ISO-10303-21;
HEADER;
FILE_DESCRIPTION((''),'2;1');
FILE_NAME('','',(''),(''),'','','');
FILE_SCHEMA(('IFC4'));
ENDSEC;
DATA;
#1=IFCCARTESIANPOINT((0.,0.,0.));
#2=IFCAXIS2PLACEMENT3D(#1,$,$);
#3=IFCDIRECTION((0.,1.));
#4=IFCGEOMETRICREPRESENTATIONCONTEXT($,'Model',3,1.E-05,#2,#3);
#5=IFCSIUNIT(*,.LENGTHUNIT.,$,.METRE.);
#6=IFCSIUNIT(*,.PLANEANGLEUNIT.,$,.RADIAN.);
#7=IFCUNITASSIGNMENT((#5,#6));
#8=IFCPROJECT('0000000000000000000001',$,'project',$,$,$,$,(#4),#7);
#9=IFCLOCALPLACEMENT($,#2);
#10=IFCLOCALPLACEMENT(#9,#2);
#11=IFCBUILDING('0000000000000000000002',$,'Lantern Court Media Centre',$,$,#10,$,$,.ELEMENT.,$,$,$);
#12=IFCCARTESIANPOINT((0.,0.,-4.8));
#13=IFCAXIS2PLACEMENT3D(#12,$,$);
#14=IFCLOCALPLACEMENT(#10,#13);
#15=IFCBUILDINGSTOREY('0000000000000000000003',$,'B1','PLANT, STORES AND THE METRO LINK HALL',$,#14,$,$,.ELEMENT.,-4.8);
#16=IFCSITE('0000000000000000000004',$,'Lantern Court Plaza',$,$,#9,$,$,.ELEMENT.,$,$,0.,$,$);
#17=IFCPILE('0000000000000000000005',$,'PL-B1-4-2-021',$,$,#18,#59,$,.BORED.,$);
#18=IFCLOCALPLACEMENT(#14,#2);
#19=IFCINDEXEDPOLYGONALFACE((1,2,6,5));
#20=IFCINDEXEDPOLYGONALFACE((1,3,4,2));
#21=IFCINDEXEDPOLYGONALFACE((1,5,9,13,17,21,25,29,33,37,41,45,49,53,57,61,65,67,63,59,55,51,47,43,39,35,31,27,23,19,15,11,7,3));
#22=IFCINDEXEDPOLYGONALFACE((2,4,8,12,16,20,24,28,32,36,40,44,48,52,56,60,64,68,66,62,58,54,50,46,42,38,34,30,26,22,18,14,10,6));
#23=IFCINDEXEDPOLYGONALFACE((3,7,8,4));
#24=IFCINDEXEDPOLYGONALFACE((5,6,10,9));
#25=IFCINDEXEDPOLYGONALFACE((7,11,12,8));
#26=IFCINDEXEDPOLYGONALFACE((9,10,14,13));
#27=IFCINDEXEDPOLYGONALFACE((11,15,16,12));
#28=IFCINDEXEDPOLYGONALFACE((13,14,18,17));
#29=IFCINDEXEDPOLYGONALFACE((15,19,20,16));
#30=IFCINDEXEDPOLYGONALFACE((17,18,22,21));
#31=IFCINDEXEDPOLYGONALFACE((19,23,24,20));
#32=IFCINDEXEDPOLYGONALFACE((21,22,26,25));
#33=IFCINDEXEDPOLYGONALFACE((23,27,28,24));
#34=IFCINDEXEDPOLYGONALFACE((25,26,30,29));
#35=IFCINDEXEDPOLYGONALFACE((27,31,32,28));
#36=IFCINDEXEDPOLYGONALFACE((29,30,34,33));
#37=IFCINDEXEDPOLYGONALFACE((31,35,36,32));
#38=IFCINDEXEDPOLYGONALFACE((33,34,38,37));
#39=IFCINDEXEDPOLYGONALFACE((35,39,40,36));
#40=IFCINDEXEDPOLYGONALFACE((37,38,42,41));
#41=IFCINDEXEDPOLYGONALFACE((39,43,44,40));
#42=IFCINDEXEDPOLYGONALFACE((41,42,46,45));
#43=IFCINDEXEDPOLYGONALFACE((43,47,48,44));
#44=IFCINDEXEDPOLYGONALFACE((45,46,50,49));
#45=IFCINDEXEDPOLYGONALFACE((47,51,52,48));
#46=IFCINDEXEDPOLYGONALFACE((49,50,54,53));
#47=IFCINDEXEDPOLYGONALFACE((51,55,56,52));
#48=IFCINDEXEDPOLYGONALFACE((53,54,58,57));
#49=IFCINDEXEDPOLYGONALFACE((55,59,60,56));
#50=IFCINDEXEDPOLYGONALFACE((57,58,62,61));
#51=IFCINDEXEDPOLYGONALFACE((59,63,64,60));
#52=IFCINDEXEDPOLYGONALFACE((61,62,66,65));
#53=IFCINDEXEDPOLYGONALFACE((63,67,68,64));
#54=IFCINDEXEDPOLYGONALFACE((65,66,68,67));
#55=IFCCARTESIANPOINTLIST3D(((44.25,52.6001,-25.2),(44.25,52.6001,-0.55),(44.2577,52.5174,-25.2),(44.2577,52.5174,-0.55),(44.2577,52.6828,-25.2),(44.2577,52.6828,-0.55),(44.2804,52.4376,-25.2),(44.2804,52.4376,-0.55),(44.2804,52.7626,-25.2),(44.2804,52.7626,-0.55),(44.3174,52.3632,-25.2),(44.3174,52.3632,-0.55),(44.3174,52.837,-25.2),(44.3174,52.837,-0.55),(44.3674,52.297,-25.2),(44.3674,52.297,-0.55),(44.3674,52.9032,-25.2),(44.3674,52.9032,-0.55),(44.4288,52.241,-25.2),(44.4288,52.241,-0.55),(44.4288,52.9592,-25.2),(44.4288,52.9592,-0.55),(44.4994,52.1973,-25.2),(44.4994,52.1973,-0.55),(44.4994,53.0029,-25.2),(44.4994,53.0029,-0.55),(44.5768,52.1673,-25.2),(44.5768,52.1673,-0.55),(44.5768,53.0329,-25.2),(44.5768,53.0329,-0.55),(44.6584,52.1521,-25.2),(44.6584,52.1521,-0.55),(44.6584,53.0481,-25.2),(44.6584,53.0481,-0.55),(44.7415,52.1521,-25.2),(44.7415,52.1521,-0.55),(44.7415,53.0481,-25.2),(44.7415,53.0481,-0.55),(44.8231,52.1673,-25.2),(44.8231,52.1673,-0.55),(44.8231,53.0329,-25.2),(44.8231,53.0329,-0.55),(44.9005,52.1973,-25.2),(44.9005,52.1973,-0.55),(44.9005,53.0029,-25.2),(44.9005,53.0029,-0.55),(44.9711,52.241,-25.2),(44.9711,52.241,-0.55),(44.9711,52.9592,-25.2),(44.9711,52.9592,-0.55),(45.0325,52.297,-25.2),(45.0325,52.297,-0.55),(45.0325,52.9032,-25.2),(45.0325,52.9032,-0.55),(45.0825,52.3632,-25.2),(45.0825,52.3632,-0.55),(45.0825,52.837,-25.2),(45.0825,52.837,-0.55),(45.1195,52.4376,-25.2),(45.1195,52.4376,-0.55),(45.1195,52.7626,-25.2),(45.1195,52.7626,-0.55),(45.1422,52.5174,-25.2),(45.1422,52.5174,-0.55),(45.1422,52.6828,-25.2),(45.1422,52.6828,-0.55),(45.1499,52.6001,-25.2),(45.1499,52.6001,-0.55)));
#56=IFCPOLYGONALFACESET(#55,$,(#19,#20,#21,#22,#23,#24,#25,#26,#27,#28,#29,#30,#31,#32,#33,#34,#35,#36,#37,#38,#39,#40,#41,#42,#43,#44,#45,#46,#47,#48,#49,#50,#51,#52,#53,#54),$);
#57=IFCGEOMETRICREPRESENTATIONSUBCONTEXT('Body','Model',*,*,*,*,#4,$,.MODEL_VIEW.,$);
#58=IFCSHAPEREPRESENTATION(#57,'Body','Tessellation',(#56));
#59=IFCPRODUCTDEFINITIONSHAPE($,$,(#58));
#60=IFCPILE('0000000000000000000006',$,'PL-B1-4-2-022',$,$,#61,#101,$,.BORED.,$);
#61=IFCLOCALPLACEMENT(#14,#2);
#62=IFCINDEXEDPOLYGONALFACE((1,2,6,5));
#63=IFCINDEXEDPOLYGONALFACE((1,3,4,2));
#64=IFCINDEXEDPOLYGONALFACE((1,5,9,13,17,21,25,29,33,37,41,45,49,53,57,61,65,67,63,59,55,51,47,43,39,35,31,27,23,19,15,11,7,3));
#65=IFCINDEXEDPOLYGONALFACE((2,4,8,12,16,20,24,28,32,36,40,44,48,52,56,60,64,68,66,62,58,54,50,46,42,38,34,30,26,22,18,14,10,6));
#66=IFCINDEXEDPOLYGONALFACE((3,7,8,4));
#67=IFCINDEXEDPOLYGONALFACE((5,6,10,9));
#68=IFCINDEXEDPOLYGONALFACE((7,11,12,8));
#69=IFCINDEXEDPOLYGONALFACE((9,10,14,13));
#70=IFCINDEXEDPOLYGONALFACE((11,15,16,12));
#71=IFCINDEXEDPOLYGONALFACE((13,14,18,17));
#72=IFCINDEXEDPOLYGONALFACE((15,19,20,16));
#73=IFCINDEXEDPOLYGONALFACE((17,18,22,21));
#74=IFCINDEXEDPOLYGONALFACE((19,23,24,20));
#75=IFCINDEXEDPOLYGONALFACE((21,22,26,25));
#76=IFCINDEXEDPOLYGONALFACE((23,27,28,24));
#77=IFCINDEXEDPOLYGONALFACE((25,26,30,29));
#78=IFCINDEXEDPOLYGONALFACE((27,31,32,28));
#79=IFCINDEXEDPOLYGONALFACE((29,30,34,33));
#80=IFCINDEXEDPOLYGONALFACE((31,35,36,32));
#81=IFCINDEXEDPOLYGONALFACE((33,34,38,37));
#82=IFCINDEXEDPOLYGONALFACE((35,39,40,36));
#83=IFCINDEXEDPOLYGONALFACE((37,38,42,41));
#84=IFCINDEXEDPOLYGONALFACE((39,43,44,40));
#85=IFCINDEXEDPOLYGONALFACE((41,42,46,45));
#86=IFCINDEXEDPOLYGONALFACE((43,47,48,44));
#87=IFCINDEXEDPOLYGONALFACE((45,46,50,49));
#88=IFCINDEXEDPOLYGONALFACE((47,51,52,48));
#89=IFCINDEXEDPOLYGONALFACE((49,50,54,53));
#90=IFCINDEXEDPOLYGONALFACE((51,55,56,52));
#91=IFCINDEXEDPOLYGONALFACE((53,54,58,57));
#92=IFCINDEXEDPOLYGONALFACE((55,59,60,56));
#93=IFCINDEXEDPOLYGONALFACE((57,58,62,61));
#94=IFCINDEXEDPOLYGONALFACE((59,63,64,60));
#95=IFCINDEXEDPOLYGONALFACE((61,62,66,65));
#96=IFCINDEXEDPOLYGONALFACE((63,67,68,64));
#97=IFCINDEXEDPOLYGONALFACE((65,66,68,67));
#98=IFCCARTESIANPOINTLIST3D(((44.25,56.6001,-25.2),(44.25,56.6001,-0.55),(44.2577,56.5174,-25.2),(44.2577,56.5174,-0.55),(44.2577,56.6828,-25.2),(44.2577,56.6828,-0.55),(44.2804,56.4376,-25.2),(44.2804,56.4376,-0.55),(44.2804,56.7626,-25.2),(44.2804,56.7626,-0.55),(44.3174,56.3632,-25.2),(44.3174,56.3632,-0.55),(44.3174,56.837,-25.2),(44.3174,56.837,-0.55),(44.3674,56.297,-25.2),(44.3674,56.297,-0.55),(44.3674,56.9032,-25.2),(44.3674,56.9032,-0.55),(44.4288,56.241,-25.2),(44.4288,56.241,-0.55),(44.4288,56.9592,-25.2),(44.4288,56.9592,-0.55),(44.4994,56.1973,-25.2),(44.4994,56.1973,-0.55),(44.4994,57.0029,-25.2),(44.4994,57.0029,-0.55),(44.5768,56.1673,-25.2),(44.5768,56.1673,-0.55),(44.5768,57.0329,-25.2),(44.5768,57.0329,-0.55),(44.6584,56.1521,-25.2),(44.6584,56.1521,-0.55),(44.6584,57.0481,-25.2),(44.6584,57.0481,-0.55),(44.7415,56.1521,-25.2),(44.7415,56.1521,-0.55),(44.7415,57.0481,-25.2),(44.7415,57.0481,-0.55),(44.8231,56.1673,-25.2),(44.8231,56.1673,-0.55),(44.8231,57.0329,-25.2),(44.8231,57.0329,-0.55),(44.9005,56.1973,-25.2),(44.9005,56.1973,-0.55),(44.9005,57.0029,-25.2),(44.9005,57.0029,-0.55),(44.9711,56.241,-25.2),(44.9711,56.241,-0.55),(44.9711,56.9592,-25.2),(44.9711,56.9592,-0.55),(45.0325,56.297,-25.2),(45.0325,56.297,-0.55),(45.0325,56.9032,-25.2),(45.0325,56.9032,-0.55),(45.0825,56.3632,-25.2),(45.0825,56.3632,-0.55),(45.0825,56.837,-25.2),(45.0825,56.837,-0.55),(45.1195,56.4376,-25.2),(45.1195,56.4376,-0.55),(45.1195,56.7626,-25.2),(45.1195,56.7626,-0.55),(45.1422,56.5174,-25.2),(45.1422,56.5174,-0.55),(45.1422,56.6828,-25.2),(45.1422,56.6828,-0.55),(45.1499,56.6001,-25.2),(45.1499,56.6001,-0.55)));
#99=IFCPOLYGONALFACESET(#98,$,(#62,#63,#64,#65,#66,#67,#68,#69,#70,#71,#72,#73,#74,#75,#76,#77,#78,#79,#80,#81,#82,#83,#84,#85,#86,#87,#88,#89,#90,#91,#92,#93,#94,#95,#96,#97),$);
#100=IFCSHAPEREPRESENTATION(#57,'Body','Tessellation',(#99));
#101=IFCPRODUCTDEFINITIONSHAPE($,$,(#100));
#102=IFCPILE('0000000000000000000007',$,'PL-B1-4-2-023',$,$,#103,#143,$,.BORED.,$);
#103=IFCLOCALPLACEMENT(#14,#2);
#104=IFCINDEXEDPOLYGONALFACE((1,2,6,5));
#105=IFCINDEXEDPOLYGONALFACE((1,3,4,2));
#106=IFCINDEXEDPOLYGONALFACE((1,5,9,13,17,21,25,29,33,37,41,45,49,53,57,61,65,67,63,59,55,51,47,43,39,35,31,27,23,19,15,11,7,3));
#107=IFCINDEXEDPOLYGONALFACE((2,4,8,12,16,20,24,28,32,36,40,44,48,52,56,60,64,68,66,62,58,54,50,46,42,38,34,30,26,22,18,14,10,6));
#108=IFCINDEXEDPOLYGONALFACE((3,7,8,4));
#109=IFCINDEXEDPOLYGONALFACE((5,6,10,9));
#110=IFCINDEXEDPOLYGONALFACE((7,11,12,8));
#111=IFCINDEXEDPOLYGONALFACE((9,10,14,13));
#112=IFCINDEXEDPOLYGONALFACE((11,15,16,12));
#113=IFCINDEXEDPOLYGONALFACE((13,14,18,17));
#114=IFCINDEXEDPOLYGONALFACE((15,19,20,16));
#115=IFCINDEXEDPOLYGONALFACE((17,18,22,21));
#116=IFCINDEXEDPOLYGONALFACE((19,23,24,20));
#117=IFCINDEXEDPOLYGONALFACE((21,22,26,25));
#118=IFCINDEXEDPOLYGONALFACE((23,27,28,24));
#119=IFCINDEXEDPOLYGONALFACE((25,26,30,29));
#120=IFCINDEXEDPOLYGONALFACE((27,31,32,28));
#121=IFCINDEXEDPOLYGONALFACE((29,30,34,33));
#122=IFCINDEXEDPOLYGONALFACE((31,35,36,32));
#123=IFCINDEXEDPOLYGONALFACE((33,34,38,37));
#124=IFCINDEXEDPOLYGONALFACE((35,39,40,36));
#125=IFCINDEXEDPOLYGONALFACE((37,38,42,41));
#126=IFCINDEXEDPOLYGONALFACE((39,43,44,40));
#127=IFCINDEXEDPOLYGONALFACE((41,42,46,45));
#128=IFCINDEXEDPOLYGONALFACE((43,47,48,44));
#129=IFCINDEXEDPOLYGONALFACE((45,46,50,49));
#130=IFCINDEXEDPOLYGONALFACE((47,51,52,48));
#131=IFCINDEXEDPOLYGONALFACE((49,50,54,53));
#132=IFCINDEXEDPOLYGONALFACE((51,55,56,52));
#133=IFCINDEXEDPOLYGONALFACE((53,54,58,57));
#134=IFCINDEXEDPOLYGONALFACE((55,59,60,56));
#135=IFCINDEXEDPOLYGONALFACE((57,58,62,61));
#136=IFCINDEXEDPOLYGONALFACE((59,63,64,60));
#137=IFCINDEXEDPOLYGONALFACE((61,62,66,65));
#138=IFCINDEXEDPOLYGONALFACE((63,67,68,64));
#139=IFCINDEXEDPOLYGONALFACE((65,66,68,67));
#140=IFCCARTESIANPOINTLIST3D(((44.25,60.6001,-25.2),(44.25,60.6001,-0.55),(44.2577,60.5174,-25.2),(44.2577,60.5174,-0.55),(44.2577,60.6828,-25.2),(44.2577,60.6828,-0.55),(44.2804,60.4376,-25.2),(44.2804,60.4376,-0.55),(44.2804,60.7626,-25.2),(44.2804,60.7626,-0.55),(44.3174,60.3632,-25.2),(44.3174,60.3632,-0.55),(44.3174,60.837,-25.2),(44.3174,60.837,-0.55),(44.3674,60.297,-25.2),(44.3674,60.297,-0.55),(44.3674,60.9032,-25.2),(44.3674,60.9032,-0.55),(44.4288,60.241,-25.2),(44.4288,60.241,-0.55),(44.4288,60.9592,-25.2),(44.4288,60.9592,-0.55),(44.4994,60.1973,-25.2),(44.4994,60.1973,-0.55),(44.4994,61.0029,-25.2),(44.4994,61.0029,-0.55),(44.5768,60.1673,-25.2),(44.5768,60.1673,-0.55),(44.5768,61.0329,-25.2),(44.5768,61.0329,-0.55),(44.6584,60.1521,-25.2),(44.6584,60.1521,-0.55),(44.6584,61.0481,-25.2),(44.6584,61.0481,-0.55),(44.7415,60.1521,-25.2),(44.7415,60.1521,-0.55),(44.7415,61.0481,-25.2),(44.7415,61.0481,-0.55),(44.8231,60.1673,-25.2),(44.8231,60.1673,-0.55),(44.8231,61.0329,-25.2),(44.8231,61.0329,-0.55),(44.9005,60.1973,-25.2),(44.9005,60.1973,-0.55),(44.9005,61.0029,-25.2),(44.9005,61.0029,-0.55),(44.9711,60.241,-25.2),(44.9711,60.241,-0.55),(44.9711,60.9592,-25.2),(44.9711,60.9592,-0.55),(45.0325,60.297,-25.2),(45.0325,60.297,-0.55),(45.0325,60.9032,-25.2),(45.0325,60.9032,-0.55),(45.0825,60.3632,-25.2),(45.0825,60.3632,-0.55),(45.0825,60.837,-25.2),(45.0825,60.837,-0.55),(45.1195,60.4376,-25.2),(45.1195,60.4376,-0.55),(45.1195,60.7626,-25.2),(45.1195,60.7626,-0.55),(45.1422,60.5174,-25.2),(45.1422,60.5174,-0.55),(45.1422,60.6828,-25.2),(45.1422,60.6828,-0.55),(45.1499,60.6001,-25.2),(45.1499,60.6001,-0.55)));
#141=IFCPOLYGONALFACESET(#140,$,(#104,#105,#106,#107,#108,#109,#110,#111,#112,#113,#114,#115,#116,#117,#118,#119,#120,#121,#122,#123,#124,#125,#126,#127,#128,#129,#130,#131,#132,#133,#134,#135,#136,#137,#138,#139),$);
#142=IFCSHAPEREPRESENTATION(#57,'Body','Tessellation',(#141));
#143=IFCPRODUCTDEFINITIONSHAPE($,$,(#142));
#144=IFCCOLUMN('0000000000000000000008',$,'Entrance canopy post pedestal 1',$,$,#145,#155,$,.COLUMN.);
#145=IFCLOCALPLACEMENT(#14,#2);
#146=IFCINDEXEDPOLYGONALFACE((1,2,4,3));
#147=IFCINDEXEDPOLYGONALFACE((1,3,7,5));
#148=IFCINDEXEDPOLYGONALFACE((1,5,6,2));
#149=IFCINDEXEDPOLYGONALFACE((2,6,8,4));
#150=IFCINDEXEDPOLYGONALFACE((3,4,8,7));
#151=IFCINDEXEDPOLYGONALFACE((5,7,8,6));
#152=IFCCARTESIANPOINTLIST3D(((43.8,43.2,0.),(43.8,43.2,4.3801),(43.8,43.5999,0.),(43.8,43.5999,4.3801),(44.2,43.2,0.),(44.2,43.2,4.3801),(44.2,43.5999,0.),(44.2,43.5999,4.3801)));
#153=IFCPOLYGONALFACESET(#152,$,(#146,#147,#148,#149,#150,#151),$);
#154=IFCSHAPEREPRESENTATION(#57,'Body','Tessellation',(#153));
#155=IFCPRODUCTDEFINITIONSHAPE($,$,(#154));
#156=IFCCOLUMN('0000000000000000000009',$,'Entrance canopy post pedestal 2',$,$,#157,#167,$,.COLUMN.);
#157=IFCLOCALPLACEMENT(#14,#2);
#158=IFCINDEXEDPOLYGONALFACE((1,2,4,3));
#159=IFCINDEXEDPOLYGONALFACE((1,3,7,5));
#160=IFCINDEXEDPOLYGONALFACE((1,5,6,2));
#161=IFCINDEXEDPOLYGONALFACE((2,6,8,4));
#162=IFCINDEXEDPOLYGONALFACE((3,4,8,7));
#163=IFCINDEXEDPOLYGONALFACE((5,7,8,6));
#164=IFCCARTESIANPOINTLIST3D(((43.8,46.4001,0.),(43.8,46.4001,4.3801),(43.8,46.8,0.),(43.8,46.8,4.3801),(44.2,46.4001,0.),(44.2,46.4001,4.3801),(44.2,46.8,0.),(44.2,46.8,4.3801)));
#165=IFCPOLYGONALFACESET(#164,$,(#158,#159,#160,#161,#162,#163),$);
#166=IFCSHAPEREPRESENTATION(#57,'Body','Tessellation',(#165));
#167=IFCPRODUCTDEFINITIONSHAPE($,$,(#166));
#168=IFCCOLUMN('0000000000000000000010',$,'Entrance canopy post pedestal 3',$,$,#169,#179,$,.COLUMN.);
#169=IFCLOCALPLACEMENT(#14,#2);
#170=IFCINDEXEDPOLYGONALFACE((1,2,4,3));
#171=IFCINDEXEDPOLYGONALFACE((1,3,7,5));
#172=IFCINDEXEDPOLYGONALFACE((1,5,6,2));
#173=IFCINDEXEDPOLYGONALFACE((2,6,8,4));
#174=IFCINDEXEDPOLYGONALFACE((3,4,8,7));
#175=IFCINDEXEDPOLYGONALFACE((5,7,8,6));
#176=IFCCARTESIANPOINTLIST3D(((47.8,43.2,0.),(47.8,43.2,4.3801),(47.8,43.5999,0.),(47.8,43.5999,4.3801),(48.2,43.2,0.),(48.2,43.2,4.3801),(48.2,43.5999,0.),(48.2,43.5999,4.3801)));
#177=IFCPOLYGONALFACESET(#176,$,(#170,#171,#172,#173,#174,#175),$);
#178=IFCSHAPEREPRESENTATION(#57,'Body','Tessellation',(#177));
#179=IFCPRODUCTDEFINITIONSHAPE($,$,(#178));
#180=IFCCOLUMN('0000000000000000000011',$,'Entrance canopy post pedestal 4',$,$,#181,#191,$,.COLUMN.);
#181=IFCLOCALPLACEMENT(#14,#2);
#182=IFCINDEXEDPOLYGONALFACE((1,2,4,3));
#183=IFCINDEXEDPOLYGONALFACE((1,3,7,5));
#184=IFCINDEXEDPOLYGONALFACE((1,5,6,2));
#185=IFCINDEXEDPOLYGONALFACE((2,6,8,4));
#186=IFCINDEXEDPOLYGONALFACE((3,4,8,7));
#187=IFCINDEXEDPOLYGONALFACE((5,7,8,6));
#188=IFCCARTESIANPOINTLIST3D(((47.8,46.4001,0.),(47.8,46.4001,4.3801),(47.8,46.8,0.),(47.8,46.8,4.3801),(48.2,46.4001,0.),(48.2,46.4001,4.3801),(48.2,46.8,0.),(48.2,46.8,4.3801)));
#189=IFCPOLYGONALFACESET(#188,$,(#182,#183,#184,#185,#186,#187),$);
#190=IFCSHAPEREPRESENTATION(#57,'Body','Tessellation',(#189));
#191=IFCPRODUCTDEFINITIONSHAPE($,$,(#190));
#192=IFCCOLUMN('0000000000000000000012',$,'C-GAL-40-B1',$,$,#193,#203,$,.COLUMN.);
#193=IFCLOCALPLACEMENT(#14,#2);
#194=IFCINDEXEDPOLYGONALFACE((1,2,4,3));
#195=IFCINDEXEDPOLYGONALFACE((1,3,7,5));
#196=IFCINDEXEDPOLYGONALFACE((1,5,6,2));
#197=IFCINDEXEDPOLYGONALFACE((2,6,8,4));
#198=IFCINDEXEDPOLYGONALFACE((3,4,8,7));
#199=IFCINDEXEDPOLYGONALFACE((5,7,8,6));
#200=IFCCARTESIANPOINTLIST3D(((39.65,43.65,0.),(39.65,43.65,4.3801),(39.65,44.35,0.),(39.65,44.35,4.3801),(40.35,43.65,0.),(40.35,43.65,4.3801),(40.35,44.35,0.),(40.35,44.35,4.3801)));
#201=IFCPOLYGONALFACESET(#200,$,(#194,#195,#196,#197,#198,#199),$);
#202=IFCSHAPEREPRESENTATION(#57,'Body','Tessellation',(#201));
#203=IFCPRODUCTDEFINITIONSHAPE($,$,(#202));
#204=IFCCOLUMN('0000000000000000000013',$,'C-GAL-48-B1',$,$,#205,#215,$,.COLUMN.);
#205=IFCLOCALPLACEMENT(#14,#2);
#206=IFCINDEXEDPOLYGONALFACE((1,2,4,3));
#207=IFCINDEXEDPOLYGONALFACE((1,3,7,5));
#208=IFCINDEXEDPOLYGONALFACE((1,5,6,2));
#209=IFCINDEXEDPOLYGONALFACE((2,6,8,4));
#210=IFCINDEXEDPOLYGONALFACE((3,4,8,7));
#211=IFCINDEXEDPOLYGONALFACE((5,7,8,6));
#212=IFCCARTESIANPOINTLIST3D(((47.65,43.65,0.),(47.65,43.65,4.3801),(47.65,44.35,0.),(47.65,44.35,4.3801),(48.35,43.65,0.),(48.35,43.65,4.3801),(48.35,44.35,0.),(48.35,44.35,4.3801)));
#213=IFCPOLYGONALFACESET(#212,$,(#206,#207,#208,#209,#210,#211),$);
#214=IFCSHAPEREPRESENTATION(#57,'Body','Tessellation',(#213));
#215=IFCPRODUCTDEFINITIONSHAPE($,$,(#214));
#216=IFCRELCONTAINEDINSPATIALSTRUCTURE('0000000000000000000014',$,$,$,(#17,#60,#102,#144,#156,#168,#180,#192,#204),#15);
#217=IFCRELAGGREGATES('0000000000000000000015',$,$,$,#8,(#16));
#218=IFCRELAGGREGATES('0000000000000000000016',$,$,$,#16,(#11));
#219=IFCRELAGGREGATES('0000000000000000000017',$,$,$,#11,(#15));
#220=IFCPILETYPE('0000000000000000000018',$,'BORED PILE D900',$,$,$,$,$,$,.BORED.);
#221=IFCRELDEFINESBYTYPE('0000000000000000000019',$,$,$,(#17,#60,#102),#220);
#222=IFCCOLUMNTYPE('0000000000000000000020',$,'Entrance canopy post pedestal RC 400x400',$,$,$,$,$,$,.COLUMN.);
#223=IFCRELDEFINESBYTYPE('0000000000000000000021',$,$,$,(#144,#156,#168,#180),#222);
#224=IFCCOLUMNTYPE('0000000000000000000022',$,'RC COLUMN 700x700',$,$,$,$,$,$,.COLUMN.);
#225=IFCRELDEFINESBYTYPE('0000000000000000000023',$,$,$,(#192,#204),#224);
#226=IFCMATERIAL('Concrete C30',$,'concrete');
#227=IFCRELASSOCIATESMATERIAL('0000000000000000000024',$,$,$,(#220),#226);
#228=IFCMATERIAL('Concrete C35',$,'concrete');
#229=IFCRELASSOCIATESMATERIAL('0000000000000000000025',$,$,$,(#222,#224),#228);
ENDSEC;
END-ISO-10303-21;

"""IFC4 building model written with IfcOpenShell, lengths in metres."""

from ifc_helpers import new_model, si_unit, direction, frame, origin, origin_2d, place, context, subcontext, project, spatial, rectangle, circle, extrude, material, material_profile, profile_set, type_object, element, save


model = new_model("IFC4")

# Units and contexts
model_context = context("Model", 3, precision=1e-05, world=origin(), true_north=direction((0.0, 1.0)))
body_context = subcontext(model_context, "Body", "Model", "MODEL_VIEW")
ifc_project = project(units=[si_unit("LENGTHUNIT", "METRE"), si_unit("PLANEANGLEUNIT", "RADIAN")], contexts=[model_context])

# Site, building, storey
site_placement = place(None, origin())
site = spatial("IfcSite", under=ifc_project, at=site_placement, Name="Lantern Court Plaza", CompositionType="ELEMENT", RefElevation=0.0)
building_placement = place(site_placement, origin())
building = spatial("IfcBuilding", under=site, at=building_placement, Name="Lantern Court Media Centre", CompositionType="ELEMENT")
storey_placement = place(building_placement, frame((0.0, 0.0, -4.8)))
storey = spatial("IfcBuildingStorey", under=building, at=storey_placement, Name="B1", Description="PLANT, STORES AND THE METRO LINK HALL", CompositionType="ELEMENT", Elevation=-4.8)

# Piles
ifc_material_1 = material(Name="Concrete C30", Category="concrete")
ifc_material_profile_1 = material_profile(ifc_material_1, circle(Radius=0.45, at=origin_2d()), Name="D900")
ifc_profile_set_1 = profile_set([ifc_material_profile_1], Name="Concrete C30")
pile_type = type_object("IfcPileType", Name="BORED PILE D900", PredefinedType="BORED", material=ifc_profile_set_1)
for number, where, z_axis, x_axis, name in (
    (1, (44.7, 52.6001, -0.55), (0.0, 0.0, -1.0), (1.0, 0.0, 0.0), "PL-B1-4-2-021"),
    (2, (44.7, 56.6001, -0.55), (0.0, 0.0, -1.0), (1.0, 0.0, 0.0), "PL-B1-4-2-022"),
    (3, (44.7, 60.6001, -0.55), (0.0, 0.0, -1.0), (1.0, 0.0, 0.0), "PL-B1-4-2-023"),
):
    element("IfcPile", number, at=place(storey_placement, frame(where, z_axis=z_axis, x_axis=x_axis)), inside=storey, type_object=pile_type, Name=name, PredefinedType="BORED", context=body_context, shape_type="SweptSolid", body=[
        extrude(circle(Radius=0.45, at=origin_2d()), origin(), (0.0, 0.0, 1.0), 24.6499),
    ])

# Columns
ifc_material_2 = material(Name="Concrete C35", Category="concrete")
ifc_material_profile_2 = material_profile(ifc_material_2, rectangle(XDim=0.3999, YDim=0.3999, at=origin_2d()), Name="RC 400x400")
ifc_profile_set_2 = profile_set([ifc_material_profile_2], Name="Concrete C35")
column_type_1 = type_object("IfcColumnType", Name="Entrance canopy post pedestal RC 400x400", PredefinedType="COLUMN", material=ifc_profile_set_2)
for number, where, z_axis, x_axis, name in (
    (4, (44.0, 43.3999, 0.0), (0.0, 0.0, 1.0), (1.0, 0.0, 0.0), "Entrance canopy post pedestal 1"),
    (5, (44.0, 46.6001, 0.0), (0.0, 0.0, 1.0), (1.0, 0.0, 0.0), "Entrance canopy post pedestal 2"),
    (6, (48.0, 43.3999, 0.0), (0.0, 0.0, 1.0), (1.0, 0.0, 0.0), "Entrance canopy post pedestal 3"),
    (7, (48.0, 46.6001, 0.0), (0.0, 0.0, 1.0), (1.0, 0.0, 0.0), "Entrance canopy post pedestal 4"),
):
    element("IfcColumn", number, at=place(storey_placement, frame(where, z_axis=z_axis, x_axis=x_axis)), inside=storey, type_object=column_type_1, Name=name, PredefinedType="COLUMN", context=body_context, shape_type="SweptSolid", body=[
        extrude(rectangle(XDim=0.3999, YDim=0.3999, at=origin_2d()), origin(), (0.0, 0.0, 1.0), 4.3801),
    ])
ifc_material_profile_3 = material_profile(ifc_material_2, rectangle(XDim=0.7, YDim=0.7, at=origin_2d()), Name="RC 700x700")
ifc_profile_set_3 = profile_set([ifc_material_profile_3], Name="Concrete C35")
column_type_2 = type_object("IfcColumnType", Name="RC COLUMN 700x700", PredefinedType="COLUMN", material=ifc_profile_set_3)
for number, where, z_axis, x_axis, name in (
    (8, (40.0, 44.0, 0.0), (0.0, 0.0, 1.0), (1.0, 0.0, 0.0), "C-GAL-40-B1"),
    (9, (48.0, 44.0, 0.0), (0.0, 0.0, 1.0), (1.0, 0.0, 0.0), "C-GAL-48-B1"),
):
    element("IfcColumn", number, at=place(storey_placement, frame(where, z_axis=z_axis, x_axis=x_axis)), inside=storey, type_object=column_type_2, Name=name, PredefinedType="COLUMN", context=body_context, shape_type="SweptSolid", body=[
        extrude(rectangle(XDim=0.7, YDim=0.7, at=origin_2d()), origin(), (0.0, 0.0, 1.0), 4.3801),
    ])

save(model, "model.ifc")
